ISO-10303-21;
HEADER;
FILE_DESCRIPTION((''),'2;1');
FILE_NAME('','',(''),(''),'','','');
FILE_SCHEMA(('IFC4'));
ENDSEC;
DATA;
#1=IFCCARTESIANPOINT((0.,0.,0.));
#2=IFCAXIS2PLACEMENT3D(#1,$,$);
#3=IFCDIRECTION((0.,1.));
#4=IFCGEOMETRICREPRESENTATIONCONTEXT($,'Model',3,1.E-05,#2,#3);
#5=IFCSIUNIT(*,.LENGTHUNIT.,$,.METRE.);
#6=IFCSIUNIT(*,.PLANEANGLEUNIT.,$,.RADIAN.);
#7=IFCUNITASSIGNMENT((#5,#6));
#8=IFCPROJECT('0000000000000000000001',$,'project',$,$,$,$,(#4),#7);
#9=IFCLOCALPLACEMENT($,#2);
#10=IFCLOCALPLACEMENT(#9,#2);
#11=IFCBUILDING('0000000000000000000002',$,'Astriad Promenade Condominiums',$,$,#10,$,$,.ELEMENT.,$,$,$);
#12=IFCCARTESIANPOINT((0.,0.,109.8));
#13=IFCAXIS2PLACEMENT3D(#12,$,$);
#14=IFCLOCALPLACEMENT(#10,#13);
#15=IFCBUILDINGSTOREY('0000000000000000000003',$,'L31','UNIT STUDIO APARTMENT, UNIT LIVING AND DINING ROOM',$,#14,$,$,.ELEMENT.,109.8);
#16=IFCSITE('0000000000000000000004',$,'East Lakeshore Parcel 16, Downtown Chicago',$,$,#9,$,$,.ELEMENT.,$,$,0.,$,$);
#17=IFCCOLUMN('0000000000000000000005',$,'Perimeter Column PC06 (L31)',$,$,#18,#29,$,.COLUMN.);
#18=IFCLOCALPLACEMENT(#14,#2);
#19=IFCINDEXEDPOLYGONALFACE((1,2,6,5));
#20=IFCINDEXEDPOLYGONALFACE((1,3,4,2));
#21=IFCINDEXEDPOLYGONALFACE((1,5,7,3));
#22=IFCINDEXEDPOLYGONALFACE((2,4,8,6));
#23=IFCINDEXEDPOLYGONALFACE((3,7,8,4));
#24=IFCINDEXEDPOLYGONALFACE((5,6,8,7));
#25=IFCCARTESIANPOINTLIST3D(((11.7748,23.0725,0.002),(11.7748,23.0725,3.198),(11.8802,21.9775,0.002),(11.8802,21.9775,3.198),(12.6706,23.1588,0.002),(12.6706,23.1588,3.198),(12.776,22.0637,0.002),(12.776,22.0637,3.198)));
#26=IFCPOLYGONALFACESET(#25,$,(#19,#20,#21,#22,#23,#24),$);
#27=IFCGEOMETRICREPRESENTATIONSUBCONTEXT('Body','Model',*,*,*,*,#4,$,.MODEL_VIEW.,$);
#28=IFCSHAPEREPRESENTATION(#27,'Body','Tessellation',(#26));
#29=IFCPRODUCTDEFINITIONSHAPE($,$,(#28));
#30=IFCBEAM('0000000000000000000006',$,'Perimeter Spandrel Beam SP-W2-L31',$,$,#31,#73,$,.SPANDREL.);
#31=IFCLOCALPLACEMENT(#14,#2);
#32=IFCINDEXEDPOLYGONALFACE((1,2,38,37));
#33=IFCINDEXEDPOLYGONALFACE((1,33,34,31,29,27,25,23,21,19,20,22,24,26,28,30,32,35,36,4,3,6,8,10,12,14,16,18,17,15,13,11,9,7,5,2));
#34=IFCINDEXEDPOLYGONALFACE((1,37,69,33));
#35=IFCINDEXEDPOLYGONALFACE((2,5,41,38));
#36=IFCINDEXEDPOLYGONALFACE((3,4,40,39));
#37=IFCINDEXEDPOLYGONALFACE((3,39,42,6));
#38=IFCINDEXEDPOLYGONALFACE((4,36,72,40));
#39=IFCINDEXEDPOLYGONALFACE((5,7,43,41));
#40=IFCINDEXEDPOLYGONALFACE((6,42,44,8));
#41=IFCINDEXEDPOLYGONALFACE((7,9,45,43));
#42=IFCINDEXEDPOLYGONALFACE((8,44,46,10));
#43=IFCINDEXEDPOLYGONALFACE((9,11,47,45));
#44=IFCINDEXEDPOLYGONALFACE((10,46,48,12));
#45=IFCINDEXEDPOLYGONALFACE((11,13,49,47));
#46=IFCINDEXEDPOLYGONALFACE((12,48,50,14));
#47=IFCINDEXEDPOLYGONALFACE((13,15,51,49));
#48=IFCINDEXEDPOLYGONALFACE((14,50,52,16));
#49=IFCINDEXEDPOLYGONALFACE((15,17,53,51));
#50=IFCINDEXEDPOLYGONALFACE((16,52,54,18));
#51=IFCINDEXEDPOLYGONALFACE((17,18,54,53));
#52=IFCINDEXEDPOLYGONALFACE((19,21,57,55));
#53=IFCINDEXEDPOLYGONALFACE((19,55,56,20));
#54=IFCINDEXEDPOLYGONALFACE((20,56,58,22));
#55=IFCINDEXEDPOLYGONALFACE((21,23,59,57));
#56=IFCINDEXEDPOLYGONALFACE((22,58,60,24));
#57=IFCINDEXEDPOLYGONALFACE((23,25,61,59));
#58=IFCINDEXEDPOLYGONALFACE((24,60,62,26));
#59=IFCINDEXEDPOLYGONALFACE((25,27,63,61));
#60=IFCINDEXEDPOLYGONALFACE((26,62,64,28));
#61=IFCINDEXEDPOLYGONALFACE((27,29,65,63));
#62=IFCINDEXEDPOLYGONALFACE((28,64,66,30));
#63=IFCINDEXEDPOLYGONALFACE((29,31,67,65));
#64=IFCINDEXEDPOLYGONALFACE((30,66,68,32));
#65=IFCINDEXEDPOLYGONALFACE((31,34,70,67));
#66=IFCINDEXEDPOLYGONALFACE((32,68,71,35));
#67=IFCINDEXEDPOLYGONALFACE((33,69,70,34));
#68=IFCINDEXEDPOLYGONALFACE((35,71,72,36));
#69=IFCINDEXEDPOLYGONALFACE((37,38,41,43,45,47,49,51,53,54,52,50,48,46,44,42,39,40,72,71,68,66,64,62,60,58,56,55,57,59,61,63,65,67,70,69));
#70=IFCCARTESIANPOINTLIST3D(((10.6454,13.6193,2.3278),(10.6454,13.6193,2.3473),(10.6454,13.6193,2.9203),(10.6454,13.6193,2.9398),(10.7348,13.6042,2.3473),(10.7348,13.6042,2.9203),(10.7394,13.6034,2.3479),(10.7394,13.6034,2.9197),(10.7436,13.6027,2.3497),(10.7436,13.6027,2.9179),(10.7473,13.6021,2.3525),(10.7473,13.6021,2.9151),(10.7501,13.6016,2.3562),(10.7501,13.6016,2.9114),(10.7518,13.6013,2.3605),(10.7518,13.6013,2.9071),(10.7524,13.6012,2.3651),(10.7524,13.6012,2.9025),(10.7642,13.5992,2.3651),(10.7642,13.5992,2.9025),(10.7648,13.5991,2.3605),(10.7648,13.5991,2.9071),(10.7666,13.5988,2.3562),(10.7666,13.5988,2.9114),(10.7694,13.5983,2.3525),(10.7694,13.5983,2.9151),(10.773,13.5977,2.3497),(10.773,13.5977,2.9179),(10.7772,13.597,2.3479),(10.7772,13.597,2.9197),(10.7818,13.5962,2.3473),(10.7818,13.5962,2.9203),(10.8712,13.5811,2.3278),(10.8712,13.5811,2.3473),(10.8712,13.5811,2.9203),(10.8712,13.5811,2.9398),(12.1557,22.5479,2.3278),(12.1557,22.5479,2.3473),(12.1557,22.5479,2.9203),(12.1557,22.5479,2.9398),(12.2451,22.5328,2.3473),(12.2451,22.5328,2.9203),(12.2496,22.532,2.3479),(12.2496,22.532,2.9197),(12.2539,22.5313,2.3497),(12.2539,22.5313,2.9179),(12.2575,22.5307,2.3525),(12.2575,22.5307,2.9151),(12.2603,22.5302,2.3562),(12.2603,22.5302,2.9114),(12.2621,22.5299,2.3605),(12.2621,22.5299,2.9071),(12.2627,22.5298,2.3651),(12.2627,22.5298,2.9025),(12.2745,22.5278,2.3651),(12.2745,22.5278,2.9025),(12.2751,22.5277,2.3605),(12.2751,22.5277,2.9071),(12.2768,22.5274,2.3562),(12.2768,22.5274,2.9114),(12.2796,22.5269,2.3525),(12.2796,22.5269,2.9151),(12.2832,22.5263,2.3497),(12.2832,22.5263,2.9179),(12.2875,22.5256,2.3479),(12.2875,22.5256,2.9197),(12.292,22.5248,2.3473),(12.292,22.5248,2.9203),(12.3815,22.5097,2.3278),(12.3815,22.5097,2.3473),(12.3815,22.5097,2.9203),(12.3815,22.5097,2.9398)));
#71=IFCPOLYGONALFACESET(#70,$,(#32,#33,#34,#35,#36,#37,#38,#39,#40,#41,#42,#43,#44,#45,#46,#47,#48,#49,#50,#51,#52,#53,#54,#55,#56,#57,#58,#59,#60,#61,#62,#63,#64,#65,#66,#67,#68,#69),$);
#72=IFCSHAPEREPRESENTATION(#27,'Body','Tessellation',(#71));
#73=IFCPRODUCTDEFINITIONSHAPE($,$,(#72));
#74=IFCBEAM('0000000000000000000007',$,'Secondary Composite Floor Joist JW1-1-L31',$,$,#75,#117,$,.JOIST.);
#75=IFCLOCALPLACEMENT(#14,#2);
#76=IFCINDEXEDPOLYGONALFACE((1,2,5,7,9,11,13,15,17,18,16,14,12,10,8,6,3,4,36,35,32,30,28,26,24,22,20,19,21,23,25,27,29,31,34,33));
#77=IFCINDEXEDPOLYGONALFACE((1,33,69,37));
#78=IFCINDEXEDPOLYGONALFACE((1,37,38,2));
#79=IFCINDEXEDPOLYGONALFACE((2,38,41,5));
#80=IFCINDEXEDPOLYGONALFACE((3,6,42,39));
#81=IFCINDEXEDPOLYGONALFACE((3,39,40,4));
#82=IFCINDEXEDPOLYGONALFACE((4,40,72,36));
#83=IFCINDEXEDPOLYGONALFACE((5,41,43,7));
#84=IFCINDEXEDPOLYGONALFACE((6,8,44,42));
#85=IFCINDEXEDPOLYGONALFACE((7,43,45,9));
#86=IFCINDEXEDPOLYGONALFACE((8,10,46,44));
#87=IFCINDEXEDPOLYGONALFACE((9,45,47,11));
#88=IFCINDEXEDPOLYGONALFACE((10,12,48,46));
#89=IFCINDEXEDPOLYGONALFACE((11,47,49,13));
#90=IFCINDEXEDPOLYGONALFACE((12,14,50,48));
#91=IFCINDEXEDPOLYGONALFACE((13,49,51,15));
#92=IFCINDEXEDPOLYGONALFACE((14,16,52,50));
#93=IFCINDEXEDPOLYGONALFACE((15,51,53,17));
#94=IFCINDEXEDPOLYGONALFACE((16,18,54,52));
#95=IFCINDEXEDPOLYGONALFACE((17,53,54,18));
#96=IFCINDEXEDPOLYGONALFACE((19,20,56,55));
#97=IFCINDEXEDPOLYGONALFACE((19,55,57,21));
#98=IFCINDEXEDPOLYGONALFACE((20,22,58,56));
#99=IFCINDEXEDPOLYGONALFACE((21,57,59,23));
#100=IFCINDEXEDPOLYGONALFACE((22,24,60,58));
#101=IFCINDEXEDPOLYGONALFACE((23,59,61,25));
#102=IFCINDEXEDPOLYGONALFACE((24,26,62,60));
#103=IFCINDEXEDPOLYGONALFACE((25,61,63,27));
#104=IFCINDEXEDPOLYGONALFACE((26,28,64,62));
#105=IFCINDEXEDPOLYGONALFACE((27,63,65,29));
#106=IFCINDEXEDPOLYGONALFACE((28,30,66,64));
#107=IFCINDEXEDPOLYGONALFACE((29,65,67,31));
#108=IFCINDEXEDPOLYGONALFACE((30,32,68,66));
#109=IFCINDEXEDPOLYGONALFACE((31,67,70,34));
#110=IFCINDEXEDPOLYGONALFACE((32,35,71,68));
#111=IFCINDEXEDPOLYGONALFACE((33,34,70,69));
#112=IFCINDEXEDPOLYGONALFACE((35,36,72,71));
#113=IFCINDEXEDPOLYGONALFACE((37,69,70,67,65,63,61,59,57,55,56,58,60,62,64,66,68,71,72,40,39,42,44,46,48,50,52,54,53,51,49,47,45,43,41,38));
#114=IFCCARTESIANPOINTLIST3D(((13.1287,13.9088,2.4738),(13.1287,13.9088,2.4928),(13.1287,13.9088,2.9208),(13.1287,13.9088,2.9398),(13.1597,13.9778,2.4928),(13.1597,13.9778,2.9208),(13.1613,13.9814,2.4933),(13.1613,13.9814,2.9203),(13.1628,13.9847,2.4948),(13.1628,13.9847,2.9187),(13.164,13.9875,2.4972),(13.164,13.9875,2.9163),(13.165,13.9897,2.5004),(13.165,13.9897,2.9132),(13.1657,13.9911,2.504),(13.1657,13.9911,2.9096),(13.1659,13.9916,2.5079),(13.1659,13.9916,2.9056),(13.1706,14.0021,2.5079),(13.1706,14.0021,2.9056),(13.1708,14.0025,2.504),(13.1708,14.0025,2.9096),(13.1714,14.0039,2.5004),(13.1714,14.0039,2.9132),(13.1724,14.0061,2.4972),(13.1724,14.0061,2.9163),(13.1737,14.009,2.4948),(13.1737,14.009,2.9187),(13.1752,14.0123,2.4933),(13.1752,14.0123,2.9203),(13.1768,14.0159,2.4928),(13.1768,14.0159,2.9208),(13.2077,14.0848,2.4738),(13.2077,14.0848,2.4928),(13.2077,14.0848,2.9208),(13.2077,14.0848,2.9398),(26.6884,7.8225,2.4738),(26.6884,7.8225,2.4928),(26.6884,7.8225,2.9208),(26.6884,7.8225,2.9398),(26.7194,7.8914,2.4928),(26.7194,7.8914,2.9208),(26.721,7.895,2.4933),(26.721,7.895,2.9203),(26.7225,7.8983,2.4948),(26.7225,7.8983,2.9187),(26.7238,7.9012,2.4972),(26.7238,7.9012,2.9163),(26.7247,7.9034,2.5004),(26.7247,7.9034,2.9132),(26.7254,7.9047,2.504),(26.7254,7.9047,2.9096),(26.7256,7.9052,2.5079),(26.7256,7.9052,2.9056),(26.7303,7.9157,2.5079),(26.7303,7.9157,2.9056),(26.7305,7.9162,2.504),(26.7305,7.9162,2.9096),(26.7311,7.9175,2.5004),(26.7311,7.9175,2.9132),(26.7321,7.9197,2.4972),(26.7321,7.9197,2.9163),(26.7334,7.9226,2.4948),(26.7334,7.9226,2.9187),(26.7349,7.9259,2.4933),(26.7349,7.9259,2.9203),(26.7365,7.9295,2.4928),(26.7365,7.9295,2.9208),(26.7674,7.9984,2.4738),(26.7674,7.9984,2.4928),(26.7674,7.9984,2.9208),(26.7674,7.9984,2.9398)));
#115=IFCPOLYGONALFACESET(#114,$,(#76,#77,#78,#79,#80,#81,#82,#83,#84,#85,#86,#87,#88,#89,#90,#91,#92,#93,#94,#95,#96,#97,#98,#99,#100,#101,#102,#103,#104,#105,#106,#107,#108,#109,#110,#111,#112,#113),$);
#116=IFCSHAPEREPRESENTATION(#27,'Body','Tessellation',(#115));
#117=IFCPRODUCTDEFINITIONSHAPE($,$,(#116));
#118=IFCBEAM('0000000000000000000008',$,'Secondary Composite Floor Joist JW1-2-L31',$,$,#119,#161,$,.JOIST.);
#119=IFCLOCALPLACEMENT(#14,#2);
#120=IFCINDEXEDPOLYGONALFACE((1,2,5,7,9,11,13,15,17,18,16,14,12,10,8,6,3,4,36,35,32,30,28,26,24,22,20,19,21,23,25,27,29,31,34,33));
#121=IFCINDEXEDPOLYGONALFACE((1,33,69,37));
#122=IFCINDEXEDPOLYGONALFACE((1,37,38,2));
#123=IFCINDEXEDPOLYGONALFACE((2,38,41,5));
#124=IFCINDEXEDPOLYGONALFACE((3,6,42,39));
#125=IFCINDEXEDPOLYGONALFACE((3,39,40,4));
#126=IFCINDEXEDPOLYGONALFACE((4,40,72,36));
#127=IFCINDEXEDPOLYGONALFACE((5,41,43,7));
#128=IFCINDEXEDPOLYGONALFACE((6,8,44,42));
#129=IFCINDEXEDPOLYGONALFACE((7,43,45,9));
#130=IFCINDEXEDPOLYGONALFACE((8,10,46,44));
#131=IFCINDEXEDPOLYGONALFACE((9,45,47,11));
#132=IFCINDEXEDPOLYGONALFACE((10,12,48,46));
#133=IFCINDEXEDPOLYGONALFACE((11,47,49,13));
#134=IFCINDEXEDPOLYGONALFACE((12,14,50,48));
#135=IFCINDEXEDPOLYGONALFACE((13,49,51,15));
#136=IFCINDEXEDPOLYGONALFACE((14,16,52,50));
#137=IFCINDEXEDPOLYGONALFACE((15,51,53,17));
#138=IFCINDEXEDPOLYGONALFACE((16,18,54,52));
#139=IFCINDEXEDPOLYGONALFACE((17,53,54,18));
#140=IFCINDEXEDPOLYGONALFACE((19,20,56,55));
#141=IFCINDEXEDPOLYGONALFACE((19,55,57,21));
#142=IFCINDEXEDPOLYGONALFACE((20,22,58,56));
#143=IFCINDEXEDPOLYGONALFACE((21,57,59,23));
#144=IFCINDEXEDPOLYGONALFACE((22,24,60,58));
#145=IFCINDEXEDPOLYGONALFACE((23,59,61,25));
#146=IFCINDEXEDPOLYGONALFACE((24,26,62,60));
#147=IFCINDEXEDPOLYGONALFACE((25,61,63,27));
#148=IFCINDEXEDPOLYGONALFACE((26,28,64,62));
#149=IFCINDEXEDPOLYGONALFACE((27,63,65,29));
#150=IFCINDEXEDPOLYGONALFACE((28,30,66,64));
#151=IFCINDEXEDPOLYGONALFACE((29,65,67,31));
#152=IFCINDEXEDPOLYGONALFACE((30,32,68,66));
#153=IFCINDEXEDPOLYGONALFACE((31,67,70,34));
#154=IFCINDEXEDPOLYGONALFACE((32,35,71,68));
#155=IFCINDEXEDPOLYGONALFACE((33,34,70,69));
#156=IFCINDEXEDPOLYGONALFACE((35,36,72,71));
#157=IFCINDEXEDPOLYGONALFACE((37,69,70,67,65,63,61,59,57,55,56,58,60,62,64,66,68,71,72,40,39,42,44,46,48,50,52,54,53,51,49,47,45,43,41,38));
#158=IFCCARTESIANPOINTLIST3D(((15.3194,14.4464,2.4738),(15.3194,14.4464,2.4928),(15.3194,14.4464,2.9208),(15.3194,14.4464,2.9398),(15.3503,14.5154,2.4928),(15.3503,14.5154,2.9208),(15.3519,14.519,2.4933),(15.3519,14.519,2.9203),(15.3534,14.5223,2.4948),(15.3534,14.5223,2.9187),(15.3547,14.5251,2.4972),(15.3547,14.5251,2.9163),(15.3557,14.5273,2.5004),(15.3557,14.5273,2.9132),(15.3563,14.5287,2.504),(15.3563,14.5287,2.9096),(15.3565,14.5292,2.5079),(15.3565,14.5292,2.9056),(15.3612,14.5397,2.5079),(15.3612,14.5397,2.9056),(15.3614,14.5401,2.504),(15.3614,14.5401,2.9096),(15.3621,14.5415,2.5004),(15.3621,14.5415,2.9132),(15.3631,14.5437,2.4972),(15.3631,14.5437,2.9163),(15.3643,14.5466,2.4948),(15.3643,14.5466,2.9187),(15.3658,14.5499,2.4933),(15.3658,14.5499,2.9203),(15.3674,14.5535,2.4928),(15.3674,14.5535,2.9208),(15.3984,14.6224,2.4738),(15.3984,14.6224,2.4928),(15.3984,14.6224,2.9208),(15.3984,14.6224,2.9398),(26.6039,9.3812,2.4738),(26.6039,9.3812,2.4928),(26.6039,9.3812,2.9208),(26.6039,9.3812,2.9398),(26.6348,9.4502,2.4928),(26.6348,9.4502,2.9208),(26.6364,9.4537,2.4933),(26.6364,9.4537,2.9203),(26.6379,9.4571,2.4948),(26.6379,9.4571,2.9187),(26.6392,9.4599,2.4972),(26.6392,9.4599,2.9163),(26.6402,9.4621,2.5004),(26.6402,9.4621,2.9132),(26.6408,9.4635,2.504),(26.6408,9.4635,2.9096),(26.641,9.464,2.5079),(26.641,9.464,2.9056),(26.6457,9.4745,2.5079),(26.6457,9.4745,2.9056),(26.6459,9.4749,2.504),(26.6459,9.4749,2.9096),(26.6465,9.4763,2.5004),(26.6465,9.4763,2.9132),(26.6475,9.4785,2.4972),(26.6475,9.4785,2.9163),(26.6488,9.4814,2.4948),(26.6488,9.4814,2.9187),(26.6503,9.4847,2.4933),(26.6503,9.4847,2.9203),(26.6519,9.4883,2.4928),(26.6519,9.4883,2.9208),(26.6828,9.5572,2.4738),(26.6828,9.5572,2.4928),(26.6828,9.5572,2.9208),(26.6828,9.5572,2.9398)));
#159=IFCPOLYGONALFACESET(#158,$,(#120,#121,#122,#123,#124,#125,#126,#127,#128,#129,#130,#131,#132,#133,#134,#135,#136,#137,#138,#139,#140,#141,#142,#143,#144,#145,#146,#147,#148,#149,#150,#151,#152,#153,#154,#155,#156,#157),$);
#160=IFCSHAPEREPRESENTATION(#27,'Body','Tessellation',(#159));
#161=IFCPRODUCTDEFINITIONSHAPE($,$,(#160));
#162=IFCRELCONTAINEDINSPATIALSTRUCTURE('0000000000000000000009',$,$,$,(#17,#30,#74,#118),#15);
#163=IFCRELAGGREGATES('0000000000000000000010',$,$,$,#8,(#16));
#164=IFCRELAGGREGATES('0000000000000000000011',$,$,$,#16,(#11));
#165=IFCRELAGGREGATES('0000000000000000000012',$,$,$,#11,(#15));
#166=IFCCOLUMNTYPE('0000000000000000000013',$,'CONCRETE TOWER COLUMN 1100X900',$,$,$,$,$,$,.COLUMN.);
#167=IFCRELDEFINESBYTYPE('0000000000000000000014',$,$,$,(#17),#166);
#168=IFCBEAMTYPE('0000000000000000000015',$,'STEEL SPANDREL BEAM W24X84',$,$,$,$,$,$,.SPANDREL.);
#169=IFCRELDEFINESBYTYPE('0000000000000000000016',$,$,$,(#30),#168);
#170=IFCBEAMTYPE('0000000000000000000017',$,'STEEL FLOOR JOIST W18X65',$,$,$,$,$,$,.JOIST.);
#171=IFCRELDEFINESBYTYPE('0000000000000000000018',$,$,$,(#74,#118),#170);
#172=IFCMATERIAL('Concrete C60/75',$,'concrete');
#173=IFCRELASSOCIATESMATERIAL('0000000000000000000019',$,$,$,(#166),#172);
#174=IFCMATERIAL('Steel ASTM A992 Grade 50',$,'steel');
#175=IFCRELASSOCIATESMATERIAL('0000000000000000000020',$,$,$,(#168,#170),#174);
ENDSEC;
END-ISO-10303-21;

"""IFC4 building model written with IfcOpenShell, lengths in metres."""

from ifc_helpers import new_model, si_unit, direction, frame, origin, origin_2d, place, context, subcontext, project, spatial, rectangle, i_section, extrude, source, transform, mapped, material, material_profile, profile_set, type_object, type_shapes, element, save


model = new_model("IFC4")

# Units and contexts
model_context = context("Model", 3, precision=1e-05, world=origin(), true_north=direction((0.0, 1.0)))
body_context = subcontext(model_context, "Body", "Model", "MODEL_VIEW")
ifc_project = project(units=[si_unit("LENGTHUNIT", "METRE"), si_unit("PLANEANGLEUNIT", "RADIAN")], contexts=[model_context])

# Site, building, storey
site_placement = place(None, origin())
site = spatial("IfcSite", under=ifc_project, at=site_placement, Name="East Lakeshore Parcel 16, Downtown Chicago", CompositionType="ELEMENT", RefElevation=0.0)
building_placement = place(site_placement, origin())
building = spatial("IfcBuilding", under=site, at=building_placement, Name="Astriad Promenade Condominiums", CompositionType="ELEMENT")
storey_placement = place(building_placement, frame((0.0, 0.0, 109.8)))
storey = spatial("IfcBuildingStorey", under=building, at=storey_placement, Name="L31", Description="UNIT STUDIO APARTMENT, UNIT LIVING AND DINING ROOM", CompositionType="ELEMENT", Elevation=109.8)

# Column
ifc_material_1 = material(Name="Concrete C60/75", Category="concrete")
ifc_material_profile_1 = material_profile(ifc_material_1, rectangle(XDim=0.8999, YDim=1.1001, at=origin_2d()), Name="RC-COL-1100X900")
ifc_profile_set_1 = profile_set([ifc_material_profile_1], Name="Concrete C60/75")
column_type = type_object("IfcColumnType", Name="CONCRETE TOWER COLUMN 1100X900", PredefinedType="COLUMN", material=ifc_profile_set_1)
shared_shape_1 = source(origin(), body_context, "Body", "SweptSolid", [
    extrude(rectangle(XDim=0.8999, YDim=1.1001, at=origin_2d()), origin(), (0.0, 0.0, 1.0), 3.196),
])
type_shapes(column_type, [shared_shape_1])
column_placement = place(storey_placement, frame((12.2754, 22.5681, 0.002), z_axis=(0.0, 0.0, 1.0), x_axis=(0.995396, 0.095846, 0.0)))
element("IfcColumn", 1, at=column_placement, inside=storey, type_object=column_type, Name="Perimeter Column PC06 (L31)", PredefinedType="COLUMN", context=body_context, shape_type="MappedRepresentation", body=[
    mapped(shared_shape_1, transform((0.0, 0.0, 0.0), scale=1.0)),
])

# Beams
ifc_material_2 = material(Name="Steel ASTM A992 Grade 50", Category="steel")
ifc_material_profile_2 = material_profile(ifc_material_2, i_section(OverallWidth=0.229, OverallDepth=0.6121, WebThickness=0.012, FlangeThickness=0.0195, FilletRadius=0.0178, at=origin_2d()), Name="W24X84")
ifc_profile_set_2 = profile_set([ifc_material_profile_2], Name="Steel ASTM A992 Grade 50")
beam_type_1 = type_object("IfcBeamType", Name="STEEL SPANDREL BEAM W24X84", PredefinedType="SPANDREL", material=ifc_profile_set_2)
shared_shape_2 = source(origin(), body_context, "Body", "SweptSolid", [
    extrude(i_section(OverallWidth=0.229, OverallDepth=0.6121, WebThickness=0.012, FlangeThickness=0.0195, FilletRadius=0.0178, at=origin_2d()), origin(), (0.0, 0.0, 1.0), 9.0554),
])
type_shapes(beam_type_1, [shared_shape_2])
beam_1_placement = place(storey_placement, frame((12.2686, 22.5288, 2.6338), z_axis=(-0.166777, -0.985995, 0.0), x_axis=(0.985995, -0.166777, 0.0)))
element("IfcBeam", 2, at=beam_1_placement, inside=storey, type_object=beam_type_1, Name="Perimeter Spandrel Beam SP-W2-L31", PredefinedType="SPANDREL", context=body_context, shape_type="MappedRepresentation", body=[
    mapped(shared_shape_2, transform((0.0, 0.0, 0.0), scale=1.0)),
])
ifc_material_profile_3 = material_profile(ifc_material_2, i_section(OverallWidth=0.1929, OverallDepth=0.4661, WebThickness=0.0115, FlangeThickness=0.019, FilletRadius=0.0151, at=origin_2d()), Name="W18X65")
ifc_profile_set_3 = profile_set([ifc_material_profile_3], Name="Steel ASTM A992 Grade 50")
beam_type_2 = type_object("IfcBeamType", Name="STEEL FLOOR JOIST W18X65", PredefinedType="JOIST", material=ifc_profile_set_3)
shared_shape_3 = source(origin(), body_context, "Body", "SweptSolid", [
    extrude(i_section(OverallWidth=0.1929, OverallDepth=0.4661, WebThickness=0.0115, FlangeThickness=0.019, FilletRadius=0.0151, at=origin_2d()), origin(), (0.0, 0.0, 1.0), 14.863),
])
beam_2_placement = place(storey_placement, frame((13.1682, 13.9968, 2.7068), z_axis=(0.912311, -0.409498, 0.0), x_axis=(0.409498, 0.912311, 0.0)))
element("IfcBeam", 3, at=beam_2_placement, inside=storey, type_object=beam_type_2, Name="Secondary Composite Floor Joist JW1-1-L31", PredefinedType="JOIST", context=body_context, shape_type="MappedRepresentation", body=[
    mapped(shared_shape_3, transform((0.0, 0.0, 0.0), scale=1.0)),
])
shared_shape_4 = source(origin(), body_context, "Body", "SweptSolid", [
    extrude(i_section(OverallWidth=0.1929, OverallDepth=0.4661, WebThickness=0.0115, FlangeThickness=0.019, FilletRadius=0.0151, at=origin_2d()), origin(), (0.0, 0.0, 1.0), 12.3691),
])
beam_3_placement = place(storey_placement, frame((15.3589, 14.5344, 2.7068), z_axis=(0.912309, -0.409504, 0.0), x_axis=(0.409504, 0.912309, 0.0)))
element("IfcBeam", 4, at=beam_3_placement, inside=storey, type_object=beam_type_2, Name="Secondary Composite Floor Joist JW1-2-L31", PredefinedType="JOIST", context=body_context, shape_type="MappedRepresentation", body=[
    mapped(shared_shape_4, transform((0.0, 0.0, 0.0), scale=1.0)),
])

save(model, "model.ifc")
